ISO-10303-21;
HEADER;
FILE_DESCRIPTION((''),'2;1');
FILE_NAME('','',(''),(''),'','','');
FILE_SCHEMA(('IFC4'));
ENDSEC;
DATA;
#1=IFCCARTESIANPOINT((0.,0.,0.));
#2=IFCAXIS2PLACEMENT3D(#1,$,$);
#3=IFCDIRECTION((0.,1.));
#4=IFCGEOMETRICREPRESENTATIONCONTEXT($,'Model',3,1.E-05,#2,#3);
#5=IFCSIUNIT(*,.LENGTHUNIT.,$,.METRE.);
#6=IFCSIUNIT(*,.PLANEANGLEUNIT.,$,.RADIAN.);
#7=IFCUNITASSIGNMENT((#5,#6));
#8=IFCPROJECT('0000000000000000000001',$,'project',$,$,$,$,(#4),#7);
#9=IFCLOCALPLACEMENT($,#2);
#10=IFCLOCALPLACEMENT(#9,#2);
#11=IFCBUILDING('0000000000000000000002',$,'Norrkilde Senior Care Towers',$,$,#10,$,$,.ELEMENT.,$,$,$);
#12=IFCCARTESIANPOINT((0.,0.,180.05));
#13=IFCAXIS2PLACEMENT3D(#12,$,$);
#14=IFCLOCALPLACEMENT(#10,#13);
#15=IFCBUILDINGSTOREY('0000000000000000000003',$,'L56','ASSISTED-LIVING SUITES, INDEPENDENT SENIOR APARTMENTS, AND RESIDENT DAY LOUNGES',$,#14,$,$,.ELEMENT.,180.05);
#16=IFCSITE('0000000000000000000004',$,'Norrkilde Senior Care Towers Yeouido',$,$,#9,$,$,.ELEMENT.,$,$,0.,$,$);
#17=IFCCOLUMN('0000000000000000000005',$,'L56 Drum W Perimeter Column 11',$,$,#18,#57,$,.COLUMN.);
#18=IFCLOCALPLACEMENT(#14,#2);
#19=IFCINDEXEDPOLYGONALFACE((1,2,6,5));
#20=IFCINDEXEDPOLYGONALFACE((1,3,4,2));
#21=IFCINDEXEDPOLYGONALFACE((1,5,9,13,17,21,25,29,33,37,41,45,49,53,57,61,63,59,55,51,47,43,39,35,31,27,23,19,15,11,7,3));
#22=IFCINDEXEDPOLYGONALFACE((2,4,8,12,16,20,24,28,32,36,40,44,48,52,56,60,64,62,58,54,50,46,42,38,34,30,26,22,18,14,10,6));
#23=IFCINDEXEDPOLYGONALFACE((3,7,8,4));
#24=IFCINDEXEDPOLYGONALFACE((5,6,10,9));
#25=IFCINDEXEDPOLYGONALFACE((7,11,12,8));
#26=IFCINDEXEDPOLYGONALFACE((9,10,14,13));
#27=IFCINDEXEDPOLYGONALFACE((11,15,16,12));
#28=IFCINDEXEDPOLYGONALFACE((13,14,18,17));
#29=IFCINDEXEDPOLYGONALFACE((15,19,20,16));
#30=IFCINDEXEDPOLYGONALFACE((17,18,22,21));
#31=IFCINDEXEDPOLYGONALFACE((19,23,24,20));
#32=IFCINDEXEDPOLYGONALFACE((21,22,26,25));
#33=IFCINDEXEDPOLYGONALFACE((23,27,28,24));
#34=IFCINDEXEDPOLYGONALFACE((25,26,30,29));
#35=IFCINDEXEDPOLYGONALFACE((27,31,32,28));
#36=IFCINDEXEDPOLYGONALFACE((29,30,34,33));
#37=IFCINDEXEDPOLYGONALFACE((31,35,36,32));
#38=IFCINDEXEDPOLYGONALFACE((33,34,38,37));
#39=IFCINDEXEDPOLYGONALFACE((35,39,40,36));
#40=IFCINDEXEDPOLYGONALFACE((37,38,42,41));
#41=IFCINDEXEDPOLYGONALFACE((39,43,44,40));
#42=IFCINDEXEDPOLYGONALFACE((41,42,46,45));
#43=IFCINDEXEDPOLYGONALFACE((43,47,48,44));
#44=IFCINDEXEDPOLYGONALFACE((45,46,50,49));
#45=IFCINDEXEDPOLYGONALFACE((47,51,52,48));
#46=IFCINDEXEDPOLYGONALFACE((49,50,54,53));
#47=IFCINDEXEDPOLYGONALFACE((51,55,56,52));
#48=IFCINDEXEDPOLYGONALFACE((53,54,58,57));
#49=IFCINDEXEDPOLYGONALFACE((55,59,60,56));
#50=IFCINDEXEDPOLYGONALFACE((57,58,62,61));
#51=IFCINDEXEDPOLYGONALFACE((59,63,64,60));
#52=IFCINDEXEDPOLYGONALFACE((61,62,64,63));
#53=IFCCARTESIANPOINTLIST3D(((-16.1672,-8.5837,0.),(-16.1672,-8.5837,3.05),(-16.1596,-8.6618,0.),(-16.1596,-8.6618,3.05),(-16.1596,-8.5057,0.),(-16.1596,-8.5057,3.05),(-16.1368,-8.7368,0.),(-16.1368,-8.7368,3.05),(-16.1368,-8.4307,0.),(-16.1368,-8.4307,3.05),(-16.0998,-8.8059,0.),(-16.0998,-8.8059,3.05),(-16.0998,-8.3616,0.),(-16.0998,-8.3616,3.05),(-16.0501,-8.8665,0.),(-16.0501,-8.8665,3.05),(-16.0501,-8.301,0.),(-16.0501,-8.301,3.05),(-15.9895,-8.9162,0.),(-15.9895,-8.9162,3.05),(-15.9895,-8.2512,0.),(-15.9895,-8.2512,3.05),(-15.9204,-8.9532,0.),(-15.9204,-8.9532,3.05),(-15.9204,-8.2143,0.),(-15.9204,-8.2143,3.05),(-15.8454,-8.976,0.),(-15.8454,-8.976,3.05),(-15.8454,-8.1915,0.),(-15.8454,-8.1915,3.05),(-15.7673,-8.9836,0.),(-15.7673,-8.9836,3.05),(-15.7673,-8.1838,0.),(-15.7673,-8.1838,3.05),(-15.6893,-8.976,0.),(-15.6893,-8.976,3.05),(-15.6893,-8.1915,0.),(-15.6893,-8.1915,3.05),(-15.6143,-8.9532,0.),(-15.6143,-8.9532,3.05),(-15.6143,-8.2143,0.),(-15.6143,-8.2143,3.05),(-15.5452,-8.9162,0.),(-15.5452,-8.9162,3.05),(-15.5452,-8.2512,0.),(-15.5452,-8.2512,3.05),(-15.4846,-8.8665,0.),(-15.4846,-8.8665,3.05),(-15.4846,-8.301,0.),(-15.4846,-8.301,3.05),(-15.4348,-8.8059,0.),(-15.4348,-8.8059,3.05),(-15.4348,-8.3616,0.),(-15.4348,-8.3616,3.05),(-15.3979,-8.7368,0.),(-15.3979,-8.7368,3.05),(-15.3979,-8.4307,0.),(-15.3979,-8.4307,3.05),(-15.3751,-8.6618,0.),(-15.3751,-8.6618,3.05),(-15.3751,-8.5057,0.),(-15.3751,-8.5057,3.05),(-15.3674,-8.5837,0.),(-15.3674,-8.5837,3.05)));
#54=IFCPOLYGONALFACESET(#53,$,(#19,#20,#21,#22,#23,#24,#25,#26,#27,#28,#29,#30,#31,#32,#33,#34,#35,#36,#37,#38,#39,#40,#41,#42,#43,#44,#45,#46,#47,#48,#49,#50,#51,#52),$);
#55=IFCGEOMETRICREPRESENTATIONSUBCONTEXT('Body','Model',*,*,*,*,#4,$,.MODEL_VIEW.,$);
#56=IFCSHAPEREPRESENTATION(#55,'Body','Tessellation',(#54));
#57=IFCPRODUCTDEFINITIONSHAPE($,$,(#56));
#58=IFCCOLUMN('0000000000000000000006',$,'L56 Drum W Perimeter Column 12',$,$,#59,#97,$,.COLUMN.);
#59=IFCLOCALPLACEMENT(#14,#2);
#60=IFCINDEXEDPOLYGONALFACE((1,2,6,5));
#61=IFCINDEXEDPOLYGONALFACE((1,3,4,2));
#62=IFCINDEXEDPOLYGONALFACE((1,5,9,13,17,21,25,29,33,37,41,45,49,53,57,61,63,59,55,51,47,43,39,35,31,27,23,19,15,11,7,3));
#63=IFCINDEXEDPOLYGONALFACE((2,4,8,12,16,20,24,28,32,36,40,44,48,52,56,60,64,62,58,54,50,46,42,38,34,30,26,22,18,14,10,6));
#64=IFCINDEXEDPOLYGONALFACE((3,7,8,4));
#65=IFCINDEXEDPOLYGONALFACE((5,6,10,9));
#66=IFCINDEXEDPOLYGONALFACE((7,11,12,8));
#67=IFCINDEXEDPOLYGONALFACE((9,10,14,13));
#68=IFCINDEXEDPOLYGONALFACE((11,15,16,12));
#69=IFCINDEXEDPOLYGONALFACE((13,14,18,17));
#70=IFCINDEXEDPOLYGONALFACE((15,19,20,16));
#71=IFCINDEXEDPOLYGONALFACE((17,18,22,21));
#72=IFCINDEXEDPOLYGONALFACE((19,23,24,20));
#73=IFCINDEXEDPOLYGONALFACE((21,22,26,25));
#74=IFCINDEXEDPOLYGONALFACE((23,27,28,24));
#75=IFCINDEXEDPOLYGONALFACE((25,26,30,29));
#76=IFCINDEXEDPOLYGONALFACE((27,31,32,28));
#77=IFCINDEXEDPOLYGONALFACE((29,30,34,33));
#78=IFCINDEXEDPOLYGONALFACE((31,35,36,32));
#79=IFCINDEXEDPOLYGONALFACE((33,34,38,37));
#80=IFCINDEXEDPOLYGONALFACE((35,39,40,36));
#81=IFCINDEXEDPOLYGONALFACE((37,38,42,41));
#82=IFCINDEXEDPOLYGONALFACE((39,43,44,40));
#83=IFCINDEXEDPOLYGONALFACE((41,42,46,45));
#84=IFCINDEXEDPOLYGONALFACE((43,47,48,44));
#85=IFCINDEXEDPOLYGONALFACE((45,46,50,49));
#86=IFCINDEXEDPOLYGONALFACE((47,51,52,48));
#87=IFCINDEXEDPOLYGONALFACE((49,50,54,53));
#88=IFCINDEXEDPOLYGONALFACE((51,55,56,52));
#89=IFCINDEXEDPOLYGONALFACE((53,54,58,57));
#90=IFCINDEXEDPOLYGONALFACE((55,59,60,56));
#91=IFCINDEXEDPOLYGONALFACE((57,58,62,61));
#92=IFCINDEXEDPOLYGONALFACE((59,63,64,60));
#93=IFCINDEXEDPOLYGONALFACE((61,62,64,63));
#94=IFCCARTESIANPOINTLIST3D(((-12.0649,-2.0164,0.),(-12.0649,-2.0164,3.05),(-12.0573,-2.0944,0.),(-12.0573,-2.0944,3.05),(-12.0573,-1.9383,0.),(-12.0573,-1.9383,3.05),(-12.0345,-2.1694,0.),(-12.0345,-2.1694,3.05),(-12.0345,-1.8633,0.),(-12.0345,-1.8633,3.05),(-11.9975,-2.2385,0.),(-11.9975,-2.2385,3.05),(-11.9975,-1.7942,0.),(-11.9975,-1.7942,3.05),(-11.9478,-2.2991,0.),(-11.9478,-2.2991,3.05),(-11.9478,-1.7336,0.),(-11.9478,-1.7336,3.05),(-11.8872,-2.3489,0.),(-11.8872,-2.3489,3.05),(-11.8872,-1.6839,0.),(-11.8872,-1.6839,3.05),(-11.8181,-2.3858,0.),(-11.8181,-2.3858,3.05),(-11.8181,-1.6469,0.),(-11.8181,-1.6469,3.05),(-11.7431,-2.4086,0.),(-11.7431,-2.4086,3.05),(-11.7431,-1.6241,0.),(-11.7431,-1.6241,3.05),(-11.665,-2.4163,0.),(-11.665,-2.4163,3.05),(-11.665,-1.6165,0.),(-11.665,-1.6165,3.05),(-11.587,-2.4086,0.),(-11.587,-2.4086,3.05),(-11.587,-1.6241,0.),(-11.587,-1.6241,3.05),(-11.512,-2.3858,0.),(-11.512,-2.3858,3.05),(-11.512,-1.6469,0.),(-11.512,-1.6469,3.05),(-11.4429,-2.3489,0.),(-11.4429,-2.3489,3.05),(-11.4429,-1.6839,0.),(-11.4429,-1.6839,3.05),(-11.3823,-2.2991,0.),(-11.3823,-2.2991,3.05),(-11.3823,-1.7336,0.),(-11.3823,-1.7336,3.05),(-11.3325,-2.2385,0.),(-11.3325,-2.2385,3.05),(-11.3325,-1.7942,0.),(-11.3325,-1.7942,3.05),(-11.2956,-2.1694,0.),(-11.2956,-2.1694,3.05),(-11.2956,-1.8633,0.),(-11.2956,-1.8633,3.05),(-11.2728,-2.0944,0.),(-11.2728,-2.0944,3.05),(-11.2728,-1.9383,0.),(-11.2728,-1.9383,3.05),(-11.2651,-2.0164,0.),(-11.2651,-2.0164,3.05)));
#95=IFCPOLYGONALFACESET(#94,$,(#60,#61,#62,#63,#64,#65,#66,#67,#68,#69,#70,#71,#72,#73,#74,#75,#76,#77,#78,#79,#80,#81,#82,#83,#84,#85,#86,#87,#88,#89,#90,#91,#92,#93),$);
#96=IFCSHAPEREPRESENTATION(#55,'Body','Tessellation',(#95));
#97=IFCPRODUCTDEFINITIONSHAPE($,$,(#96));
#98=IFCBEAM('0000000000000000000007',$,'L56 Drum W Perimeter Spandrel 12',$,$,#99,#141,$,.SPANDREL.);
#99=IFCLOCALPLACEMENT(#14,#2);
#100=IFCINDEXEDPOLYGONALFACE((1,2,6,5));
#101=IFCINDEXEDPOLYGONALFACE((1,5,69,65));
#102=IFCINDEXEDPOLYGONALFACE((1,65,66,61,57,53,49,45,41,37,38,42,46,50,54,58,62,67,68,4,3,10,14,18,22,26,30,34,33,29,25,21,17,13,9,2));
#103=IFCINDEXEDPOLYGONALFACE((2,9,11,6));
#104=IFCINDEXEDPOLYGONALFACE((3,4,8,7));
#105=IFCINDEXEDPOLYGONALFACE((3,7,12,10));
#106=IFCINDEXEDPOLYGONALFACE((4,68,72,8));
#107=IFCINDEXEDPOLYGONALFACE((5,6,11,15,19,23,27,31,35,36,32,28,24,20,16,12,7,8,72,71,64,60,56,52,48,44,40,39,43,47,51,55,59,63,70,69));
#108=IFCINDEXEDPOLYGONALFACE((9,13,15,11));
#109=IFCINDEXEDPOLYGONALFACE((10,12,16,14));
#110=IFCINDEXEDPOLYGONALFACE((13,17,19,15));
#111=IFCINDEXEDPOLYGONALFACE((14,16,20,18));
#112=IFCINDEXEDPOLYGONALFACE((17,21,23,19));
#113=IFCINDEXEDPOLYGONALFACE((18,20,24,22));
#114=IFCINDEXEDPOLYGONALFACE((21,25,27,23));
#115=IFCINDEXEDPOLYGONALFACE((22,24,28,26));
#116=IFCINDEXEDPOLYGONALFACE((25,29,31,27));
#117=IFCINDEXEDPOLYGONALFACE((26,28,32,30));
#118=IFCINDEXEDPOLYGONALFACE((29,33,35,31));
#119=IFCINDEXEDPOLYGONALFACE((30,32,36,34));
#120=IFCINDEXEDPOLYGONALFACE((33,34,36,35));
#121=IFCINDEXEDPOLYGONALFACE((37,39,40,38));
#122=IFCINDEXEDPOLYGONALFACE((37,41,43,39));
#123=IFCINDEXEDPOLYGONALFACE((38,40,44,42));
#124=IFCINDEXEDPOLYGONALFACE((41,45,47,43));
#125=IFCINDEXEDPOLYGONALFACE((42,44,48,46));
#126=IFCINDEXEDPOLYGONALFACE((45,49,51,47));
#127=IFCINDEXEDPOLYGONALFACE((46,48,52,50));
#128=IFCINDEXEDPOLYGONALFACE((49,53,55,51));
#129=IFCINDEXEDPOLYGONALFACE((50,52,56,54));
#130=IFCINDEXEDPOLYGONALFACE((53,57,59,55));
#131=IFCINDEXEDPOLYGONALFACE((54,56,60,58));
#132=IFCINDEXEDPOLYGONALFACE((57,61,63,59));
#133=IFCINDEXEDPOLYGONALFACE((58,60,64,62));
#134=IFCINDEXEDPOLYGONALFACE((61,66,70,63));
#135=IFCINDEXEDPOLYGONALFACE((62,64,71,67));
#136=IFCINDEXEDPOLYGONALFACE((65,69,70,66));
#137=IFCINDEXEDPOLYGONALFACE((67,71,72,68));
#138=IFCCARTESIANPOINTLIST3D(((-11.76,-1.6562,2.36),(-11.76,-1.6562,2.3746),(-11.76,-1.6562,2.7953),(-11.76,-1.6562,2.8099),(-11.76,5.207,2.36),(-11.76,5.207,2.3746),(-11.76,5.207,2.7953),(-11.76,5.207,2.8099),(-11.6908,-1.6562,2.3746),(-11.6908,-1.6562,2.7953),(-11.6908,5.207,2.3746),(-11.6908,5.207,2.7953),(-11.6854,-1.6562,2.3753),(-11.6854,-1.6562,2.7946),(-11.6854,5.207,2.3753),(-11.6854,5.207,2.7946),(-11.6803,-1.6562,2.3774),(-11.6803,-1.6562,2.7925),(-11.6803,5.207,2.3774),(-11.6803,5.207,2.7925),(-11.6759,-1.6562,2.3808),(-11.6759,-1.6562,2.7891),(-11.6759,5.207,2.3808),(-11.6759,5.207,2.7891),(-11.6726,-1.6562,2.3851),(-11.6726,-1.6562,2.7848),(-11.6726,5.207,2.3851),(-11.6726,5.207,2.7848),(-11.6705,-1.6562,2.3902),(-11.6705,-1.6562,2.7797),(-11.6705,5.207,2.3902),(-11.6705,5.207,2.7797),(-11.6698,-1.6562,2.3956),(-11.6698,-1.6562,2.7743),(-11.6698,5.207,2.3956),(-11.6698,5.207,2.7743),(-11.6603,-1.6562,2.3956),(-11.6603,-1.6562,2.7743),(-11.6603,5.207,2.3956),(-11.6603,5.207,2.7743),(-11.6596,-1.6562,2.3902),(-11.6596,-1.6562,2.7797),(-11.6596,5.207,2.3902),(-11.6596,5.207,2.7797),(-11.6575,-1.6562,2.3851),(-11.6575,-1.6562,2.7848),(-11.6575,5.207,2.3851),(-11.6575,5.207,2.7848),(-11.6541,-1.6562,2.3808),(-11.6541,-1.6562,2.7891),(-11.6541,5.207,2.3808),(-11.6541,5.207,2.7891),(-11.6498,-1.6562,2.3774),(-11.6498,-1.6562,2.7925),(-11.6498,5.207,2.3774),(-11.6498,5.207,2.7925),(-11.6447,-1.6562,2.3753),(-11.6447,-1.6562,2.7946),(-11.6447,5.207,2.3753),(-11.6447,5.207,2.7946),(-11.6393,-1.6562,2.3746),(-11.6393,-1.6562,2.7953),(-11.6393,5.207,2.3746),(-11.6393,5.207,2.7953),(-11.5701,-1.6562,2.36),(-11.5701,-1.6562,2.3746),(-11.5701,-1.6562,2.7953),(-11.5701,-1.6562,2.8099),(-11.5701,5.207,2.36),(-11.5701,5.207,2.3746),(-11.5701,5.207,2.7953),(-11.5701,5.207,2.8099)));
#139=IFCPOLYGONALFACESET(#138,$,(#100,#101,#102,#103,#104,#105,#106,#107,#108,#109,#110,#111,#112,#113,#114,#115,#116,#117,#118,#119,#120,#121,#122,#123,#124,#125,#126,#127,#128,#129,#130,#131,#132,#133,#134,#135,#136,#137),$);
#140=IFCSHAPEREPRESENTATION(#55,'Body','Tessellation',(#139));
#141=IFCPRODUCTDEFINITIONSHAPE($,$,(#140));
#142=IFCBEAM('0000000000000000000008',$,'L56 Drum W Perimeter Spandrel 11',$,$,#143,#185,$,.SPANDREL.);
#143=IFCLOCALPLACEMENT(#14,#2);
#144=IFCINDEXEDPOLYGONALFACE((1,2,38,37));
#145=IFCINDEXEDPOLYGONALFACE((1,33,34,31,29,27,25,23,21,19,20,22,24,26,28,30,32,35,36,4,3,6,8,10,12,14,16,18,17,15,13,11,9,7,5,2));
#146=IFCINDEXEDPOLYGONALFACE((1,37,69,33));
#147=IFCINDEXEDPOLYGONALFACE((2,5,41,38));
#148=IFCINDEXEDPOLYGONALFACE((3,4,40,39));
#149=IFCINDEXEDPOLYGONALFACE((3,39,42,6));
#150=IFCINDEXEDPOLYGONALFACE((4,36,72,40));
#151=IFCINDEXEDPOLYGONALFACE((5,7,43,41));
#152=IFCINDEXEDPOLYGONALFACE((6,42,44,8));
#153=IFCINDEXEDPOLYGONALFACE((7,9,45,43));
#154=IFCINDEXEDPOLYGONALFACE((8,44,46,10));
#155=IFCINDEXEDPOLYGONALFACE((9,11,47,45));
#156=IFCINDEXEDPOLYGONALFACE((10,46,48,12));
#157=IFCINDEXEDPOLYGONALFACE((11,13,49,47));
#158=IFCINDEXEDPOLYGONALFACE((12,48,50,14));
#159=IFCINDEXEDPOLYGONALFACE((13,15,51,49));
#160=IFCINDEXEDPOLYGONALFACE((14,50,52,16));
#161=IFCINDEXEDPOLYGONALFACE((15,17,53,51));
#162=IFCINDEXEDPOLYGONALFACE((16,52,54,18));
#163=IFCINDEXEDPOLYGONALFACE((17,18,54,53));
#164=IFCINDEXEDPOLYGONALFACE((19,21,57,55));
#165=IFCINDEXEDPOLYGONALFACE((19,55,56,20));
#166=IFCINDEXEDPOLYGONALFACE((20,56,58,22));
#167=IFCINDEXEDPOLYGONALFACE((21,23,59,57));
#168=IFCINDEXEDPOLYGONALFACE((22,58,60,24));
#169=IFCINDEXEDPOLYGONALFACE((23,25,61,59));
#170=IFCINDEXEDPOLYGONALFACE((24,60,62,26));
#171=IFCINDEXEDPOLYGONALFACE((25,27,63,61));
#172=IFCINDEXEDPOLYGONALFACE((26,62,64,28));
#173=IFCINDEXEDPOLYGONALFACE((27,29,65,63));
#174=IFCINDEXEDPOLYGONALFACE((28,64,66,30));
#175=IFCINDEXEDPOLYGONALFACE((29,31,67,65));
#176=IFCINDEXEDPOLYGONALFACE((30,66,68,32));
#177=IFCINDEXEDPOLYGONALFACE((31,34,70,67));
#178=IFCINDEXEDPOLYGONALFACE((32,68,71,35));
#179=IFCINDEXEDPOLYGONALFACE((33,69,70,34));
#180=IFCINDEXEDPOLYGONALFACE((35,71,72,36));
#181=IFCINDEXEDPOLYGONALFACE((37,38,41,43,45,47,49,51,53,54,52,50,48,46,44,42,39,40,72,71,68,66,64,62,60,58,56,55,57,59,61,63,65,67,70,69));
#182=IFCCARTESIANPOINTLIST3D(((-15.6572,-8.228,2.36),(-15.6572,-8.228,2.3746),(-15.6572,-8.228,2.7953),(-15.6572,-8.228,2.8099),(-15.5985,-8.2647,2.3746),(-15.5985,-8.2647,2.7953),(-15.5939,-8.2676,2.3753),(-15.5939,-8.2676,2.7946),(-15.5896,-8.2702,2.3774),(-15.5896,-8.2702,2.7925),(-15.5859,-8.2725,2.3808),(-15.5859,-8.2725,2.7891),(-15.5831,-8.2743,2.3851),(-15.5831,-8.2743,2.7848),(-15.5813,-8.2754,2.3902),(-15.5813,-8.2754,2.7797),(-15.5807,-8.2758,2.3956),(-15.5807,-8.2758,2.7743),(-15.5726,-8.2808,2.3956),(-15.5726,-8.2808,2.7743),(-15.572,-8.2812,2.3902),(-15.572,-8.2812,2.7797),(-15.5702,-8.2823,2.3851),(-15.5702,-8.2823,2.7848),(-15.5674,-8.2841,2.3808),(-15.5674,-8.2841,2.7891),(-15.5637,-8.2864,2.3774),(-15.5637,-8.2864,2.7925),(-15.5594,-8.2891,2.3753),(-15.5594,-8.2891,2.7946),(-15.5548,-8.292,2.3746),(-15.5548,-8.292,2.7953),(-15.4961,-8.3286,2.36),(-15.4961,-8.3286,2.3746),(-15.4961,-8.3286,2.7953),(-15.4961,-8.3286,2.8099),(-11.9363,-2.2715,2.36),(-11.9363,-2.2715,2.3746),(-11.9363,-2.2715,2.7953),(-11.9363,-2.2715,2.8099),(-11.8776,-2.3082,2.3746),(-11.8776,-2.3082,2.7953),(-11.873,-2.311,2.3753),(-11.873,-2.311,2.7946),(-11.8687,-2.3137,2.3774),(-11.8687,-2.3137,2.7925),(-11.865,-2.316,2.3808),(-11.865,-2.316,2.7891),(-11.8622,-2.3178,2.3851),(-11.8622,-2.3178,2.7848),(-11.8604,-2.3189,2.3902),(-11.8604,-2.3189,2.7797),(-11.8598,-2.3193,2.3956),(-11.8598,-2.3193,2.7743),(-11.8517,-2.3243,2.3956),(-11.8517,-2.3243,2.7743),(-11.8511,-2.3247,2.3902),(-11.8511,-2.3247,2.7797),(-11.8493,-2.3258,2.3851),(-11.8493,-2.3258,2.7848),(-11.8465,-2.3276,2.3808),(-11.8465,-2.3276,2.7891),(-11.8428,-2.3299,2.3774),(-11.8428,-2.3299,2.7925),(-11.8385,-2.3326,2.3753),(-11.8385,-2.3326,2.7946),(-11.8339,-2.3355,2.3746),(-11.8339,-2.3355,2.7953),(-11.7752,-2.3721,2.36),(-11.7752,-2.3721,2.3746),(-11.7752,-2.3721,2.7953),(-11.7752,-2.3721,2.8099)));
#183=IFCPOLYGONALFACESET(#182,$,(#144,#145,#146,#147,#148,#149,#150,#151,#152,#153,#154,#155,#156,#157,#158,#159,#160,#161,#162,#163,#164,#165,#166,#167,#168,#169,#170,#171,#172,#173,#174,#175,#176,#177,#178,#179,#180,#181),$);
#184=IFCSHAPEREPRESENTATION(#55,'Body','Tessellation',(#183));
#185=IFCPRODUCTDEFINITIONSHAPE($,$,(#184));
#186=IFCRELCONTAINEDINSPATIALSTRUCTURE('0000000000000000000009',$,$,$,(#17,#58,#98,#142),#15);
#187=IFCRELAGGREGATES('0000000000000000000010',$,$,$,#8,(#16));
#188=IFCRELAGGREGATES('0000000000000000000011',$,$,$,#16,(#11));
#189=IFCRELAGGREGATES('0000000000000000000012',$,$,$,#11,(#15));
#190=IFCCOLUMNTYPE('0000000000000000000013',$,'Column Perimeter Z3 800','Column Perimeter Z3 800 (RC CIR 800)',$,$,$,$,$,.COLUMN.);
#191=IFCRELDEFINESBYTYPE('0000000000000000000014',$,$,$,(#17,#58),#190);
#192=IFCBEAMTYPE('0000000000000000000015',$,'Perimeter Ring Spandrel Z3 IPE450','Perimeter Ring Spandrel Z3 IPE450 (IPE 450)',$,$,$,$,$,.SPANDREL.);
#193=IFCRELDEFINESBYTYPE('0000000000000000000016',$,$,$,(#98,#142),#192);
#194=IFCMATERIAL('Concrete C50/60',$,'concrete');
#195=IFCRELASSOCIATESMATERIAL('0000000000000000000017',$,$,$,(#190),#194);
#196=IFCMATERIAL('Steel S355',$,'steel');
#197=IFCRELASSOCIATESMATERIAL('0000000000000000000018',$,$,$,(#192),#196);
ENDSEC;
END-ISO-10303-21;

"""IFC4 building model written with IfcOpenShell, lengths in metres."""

from ifc_helpers import new_model, si_unit, direction, frame, origin, origin_2d, place, context, subcontext, project, spatial, circle, i_section, extrude, source, transform, mapped, material, material_profile, profile_set, type_object, type_shapes, element, save


model = new_model("IFC4")

# Units and contexts
model_context = context("Model", 3, precision=1e-05, world=origin(), true_north=direction((0.0, 1.0)))
body_context = subcontext(model_context, "Body", "Model", "MODEL_VIEW")
ifc_project = project(units=[si_unit("LENGTHUNIT", "METRE"), si_unit("PLANEANGLEUNIT", "RADIAN")], contexts=[model_context])

# Site, building, storey
site_placement = place(None, origin())
site = spatial("IfcSite", under=ifc_project, at=site_placement, Name="Norrkilde Senior Care Towers Yeouido", CompositionType="ELEMENT", RefElevation=0.0)
building_placement = place(site_placement, origin())
building = spatial("IfcBuilding", under=site, at=building_placement, Name="Norrkilde Senior Care Towers", CompositionType="ELEMENT")
storey_placement = place(building_placement, frame((0.0, 0.0, 180.05)))
storey = spatial("IfcBuildingStorey", under=building, at=storey_placement, Name="L56", Description="ASSISTED-LIVING SUITES, INDEPENDENT SENIOR APARTMENTS, AND RESIDENT DAY LOUNGES", CompositionType="ELEMENT", Elevation=180.05)

# Columns
ifc_material_1 = material(Name="Concrete C50/60", Category="concrete")
ifc_material_profile_1 = material_profile(ifc_material_1, circle(Radius=0.3999, at=origin_2d()), Name="RC CIR 800")
ifc_profile_set_1 = profile_set([ifc_material_profile_1], Name="Concrete C50/60")
column_type = type_object("IfcColumnType", Name="Column Perimeter Z3 800", Description="Column Perimeter Z3 800 (RC CIR 800)", PredefinedType="COLUMN", material=ifc_profile_set_1)
shared_shape_1 = source(origin(), body_context, "Body", "SweptSolid", [
    extrude(circle(Radius=0.3999, at=origin_2d()), origin(), (0.0, 0.0, 1.0), 3.05),
])
type_shapes(column_type, [shared_shape_1])
for number, where, z_axis, x_axis, name in (
    (1, (-15.7673, -8.5837, 0.0), (0.0, 0.0, 1.0), (1.0, 0.0, 0.0), "L56 Drum W Perimeter Column 11"),
    (2, (-11.665, -2.0164, 0.0), (0.0, 0.0, 1.0), (1.0, 0.0, 0.0), "L56 Drum W Perimeter Column 12"),
):
    element("IfcColumn", number, at=place(storey_placement, frame(where, z_axis=z_axis, x_axis=x_axis)), inside=storey, type_object=column_type, Name=name, PredefinedType="COLUMN", context=body_context, shape_type="MappedRepresentation", body=[
        mapped(shared_shape_1, transform((0.0, 0.0, 0.0), x_axis=(1.0, 0.0, 0.0), y_axis=(0.0, 1.0, 0.0), z_axis=(0.0, 0.0, 1.0), scale=1.0)),
    ])

# Beams
ifc_material_2 = material(Name="Steel S355", Category="steel")
ifc_material_profile_2 = material_profile(ifc_material_2, i_section(OverallWidth=0.1899, OverallDepth=0.45, WebThickness=0.0095, FlangeThickness=0.0146, FilletRadius=0.021, at=origin_2d()), Name="IPE 450")
ifc_profile_set_2 = profile_set([ifc_material_profile_2], Name="Steel S355")
beam_type_1 = type_object("IfcBeamType", Name="Perimeter Ring Spandrel Z3 IPE450", Description="Perimeter Ring Spandrel Z3 IPE450 (IPE 450)", PredefinedType="SPANDREL", material=ifc_profile_set_2)
shared_shape_2 = source(origin(), body_context, "Body", "SweptSolid", [
    extrude(i_section(OverallWidth=0.1899, OverallDepth=0.45, WebThickness=0.0095, FlangeThickness=0.0146, FilletRadius=0.021, at=origin_2d()), origin(), (0.0, 0.0, 1.0), 6.8633),
])
beam_1_placement = place(storey_placement, frame((-11.665, -1.6562, 2.585), z_axis=(0.0, 1.0, 0.0), x_axis=(-1.0, 0.0, 0.0)))
element("IfcBeam", 3, at=beam_1_placement, inside=storey, type_object=beam_type_1, Name="L56 Drum W Perimeter Spandrel 12", PredefinedType="SPANDREL", context=body_context, shape_type="MappedRepresentation", body=[
    mapped(shared_shape_2, transform((0.0, 0.0, 0.0), x_axis=(1.0, 0.0, 0.0), y_axis=(0.0, 1.0, 0.0), z_axis=(0.0, 0.0, 1.0), scale=1.0)),
])
shared_shape_3 = source(origin(), body_context, "Body", "SweptSolid", [
    extrude(i_section(OverallWidth=0.1899, OverallDepth=0.45, WebThickness=0.0095, FlangeThickness=0.0146, FilletRadius=0.021, at=origin_2d()), origin(), (0.0, 0.0, 1.0), 7.0232),
])
type_shapes(beam_type_1, [shared_shape_2, shared_shape_3])
beam_2_placement = place(storey_placement, frame((-15.5767, -8.2783, 2.585), z_axis=(0.529805, 0.848119, 0.0), x_axis=(-0.848119, 0.529805, 0.0)))
element("IfcBeam", 4, at=beam_2_placement, inside=storey, type_object=beam_type_1, Name="L56 Drum W Perimeter Spandrel 11", PredefinedType="SPANDREL", context=body_context, shape_type="MappedRepresentation", body=[
    mapped(shared_shape_3, transform((0.0, 0.0, 0.0), x_axis=(1.0, 0.0, 0.0), y_axis=(0.0, 1.0, 0.0), z_axis=(0.0, 0.0, 1.0), scale=1.0)),
])

save(model, "model.ifc")
